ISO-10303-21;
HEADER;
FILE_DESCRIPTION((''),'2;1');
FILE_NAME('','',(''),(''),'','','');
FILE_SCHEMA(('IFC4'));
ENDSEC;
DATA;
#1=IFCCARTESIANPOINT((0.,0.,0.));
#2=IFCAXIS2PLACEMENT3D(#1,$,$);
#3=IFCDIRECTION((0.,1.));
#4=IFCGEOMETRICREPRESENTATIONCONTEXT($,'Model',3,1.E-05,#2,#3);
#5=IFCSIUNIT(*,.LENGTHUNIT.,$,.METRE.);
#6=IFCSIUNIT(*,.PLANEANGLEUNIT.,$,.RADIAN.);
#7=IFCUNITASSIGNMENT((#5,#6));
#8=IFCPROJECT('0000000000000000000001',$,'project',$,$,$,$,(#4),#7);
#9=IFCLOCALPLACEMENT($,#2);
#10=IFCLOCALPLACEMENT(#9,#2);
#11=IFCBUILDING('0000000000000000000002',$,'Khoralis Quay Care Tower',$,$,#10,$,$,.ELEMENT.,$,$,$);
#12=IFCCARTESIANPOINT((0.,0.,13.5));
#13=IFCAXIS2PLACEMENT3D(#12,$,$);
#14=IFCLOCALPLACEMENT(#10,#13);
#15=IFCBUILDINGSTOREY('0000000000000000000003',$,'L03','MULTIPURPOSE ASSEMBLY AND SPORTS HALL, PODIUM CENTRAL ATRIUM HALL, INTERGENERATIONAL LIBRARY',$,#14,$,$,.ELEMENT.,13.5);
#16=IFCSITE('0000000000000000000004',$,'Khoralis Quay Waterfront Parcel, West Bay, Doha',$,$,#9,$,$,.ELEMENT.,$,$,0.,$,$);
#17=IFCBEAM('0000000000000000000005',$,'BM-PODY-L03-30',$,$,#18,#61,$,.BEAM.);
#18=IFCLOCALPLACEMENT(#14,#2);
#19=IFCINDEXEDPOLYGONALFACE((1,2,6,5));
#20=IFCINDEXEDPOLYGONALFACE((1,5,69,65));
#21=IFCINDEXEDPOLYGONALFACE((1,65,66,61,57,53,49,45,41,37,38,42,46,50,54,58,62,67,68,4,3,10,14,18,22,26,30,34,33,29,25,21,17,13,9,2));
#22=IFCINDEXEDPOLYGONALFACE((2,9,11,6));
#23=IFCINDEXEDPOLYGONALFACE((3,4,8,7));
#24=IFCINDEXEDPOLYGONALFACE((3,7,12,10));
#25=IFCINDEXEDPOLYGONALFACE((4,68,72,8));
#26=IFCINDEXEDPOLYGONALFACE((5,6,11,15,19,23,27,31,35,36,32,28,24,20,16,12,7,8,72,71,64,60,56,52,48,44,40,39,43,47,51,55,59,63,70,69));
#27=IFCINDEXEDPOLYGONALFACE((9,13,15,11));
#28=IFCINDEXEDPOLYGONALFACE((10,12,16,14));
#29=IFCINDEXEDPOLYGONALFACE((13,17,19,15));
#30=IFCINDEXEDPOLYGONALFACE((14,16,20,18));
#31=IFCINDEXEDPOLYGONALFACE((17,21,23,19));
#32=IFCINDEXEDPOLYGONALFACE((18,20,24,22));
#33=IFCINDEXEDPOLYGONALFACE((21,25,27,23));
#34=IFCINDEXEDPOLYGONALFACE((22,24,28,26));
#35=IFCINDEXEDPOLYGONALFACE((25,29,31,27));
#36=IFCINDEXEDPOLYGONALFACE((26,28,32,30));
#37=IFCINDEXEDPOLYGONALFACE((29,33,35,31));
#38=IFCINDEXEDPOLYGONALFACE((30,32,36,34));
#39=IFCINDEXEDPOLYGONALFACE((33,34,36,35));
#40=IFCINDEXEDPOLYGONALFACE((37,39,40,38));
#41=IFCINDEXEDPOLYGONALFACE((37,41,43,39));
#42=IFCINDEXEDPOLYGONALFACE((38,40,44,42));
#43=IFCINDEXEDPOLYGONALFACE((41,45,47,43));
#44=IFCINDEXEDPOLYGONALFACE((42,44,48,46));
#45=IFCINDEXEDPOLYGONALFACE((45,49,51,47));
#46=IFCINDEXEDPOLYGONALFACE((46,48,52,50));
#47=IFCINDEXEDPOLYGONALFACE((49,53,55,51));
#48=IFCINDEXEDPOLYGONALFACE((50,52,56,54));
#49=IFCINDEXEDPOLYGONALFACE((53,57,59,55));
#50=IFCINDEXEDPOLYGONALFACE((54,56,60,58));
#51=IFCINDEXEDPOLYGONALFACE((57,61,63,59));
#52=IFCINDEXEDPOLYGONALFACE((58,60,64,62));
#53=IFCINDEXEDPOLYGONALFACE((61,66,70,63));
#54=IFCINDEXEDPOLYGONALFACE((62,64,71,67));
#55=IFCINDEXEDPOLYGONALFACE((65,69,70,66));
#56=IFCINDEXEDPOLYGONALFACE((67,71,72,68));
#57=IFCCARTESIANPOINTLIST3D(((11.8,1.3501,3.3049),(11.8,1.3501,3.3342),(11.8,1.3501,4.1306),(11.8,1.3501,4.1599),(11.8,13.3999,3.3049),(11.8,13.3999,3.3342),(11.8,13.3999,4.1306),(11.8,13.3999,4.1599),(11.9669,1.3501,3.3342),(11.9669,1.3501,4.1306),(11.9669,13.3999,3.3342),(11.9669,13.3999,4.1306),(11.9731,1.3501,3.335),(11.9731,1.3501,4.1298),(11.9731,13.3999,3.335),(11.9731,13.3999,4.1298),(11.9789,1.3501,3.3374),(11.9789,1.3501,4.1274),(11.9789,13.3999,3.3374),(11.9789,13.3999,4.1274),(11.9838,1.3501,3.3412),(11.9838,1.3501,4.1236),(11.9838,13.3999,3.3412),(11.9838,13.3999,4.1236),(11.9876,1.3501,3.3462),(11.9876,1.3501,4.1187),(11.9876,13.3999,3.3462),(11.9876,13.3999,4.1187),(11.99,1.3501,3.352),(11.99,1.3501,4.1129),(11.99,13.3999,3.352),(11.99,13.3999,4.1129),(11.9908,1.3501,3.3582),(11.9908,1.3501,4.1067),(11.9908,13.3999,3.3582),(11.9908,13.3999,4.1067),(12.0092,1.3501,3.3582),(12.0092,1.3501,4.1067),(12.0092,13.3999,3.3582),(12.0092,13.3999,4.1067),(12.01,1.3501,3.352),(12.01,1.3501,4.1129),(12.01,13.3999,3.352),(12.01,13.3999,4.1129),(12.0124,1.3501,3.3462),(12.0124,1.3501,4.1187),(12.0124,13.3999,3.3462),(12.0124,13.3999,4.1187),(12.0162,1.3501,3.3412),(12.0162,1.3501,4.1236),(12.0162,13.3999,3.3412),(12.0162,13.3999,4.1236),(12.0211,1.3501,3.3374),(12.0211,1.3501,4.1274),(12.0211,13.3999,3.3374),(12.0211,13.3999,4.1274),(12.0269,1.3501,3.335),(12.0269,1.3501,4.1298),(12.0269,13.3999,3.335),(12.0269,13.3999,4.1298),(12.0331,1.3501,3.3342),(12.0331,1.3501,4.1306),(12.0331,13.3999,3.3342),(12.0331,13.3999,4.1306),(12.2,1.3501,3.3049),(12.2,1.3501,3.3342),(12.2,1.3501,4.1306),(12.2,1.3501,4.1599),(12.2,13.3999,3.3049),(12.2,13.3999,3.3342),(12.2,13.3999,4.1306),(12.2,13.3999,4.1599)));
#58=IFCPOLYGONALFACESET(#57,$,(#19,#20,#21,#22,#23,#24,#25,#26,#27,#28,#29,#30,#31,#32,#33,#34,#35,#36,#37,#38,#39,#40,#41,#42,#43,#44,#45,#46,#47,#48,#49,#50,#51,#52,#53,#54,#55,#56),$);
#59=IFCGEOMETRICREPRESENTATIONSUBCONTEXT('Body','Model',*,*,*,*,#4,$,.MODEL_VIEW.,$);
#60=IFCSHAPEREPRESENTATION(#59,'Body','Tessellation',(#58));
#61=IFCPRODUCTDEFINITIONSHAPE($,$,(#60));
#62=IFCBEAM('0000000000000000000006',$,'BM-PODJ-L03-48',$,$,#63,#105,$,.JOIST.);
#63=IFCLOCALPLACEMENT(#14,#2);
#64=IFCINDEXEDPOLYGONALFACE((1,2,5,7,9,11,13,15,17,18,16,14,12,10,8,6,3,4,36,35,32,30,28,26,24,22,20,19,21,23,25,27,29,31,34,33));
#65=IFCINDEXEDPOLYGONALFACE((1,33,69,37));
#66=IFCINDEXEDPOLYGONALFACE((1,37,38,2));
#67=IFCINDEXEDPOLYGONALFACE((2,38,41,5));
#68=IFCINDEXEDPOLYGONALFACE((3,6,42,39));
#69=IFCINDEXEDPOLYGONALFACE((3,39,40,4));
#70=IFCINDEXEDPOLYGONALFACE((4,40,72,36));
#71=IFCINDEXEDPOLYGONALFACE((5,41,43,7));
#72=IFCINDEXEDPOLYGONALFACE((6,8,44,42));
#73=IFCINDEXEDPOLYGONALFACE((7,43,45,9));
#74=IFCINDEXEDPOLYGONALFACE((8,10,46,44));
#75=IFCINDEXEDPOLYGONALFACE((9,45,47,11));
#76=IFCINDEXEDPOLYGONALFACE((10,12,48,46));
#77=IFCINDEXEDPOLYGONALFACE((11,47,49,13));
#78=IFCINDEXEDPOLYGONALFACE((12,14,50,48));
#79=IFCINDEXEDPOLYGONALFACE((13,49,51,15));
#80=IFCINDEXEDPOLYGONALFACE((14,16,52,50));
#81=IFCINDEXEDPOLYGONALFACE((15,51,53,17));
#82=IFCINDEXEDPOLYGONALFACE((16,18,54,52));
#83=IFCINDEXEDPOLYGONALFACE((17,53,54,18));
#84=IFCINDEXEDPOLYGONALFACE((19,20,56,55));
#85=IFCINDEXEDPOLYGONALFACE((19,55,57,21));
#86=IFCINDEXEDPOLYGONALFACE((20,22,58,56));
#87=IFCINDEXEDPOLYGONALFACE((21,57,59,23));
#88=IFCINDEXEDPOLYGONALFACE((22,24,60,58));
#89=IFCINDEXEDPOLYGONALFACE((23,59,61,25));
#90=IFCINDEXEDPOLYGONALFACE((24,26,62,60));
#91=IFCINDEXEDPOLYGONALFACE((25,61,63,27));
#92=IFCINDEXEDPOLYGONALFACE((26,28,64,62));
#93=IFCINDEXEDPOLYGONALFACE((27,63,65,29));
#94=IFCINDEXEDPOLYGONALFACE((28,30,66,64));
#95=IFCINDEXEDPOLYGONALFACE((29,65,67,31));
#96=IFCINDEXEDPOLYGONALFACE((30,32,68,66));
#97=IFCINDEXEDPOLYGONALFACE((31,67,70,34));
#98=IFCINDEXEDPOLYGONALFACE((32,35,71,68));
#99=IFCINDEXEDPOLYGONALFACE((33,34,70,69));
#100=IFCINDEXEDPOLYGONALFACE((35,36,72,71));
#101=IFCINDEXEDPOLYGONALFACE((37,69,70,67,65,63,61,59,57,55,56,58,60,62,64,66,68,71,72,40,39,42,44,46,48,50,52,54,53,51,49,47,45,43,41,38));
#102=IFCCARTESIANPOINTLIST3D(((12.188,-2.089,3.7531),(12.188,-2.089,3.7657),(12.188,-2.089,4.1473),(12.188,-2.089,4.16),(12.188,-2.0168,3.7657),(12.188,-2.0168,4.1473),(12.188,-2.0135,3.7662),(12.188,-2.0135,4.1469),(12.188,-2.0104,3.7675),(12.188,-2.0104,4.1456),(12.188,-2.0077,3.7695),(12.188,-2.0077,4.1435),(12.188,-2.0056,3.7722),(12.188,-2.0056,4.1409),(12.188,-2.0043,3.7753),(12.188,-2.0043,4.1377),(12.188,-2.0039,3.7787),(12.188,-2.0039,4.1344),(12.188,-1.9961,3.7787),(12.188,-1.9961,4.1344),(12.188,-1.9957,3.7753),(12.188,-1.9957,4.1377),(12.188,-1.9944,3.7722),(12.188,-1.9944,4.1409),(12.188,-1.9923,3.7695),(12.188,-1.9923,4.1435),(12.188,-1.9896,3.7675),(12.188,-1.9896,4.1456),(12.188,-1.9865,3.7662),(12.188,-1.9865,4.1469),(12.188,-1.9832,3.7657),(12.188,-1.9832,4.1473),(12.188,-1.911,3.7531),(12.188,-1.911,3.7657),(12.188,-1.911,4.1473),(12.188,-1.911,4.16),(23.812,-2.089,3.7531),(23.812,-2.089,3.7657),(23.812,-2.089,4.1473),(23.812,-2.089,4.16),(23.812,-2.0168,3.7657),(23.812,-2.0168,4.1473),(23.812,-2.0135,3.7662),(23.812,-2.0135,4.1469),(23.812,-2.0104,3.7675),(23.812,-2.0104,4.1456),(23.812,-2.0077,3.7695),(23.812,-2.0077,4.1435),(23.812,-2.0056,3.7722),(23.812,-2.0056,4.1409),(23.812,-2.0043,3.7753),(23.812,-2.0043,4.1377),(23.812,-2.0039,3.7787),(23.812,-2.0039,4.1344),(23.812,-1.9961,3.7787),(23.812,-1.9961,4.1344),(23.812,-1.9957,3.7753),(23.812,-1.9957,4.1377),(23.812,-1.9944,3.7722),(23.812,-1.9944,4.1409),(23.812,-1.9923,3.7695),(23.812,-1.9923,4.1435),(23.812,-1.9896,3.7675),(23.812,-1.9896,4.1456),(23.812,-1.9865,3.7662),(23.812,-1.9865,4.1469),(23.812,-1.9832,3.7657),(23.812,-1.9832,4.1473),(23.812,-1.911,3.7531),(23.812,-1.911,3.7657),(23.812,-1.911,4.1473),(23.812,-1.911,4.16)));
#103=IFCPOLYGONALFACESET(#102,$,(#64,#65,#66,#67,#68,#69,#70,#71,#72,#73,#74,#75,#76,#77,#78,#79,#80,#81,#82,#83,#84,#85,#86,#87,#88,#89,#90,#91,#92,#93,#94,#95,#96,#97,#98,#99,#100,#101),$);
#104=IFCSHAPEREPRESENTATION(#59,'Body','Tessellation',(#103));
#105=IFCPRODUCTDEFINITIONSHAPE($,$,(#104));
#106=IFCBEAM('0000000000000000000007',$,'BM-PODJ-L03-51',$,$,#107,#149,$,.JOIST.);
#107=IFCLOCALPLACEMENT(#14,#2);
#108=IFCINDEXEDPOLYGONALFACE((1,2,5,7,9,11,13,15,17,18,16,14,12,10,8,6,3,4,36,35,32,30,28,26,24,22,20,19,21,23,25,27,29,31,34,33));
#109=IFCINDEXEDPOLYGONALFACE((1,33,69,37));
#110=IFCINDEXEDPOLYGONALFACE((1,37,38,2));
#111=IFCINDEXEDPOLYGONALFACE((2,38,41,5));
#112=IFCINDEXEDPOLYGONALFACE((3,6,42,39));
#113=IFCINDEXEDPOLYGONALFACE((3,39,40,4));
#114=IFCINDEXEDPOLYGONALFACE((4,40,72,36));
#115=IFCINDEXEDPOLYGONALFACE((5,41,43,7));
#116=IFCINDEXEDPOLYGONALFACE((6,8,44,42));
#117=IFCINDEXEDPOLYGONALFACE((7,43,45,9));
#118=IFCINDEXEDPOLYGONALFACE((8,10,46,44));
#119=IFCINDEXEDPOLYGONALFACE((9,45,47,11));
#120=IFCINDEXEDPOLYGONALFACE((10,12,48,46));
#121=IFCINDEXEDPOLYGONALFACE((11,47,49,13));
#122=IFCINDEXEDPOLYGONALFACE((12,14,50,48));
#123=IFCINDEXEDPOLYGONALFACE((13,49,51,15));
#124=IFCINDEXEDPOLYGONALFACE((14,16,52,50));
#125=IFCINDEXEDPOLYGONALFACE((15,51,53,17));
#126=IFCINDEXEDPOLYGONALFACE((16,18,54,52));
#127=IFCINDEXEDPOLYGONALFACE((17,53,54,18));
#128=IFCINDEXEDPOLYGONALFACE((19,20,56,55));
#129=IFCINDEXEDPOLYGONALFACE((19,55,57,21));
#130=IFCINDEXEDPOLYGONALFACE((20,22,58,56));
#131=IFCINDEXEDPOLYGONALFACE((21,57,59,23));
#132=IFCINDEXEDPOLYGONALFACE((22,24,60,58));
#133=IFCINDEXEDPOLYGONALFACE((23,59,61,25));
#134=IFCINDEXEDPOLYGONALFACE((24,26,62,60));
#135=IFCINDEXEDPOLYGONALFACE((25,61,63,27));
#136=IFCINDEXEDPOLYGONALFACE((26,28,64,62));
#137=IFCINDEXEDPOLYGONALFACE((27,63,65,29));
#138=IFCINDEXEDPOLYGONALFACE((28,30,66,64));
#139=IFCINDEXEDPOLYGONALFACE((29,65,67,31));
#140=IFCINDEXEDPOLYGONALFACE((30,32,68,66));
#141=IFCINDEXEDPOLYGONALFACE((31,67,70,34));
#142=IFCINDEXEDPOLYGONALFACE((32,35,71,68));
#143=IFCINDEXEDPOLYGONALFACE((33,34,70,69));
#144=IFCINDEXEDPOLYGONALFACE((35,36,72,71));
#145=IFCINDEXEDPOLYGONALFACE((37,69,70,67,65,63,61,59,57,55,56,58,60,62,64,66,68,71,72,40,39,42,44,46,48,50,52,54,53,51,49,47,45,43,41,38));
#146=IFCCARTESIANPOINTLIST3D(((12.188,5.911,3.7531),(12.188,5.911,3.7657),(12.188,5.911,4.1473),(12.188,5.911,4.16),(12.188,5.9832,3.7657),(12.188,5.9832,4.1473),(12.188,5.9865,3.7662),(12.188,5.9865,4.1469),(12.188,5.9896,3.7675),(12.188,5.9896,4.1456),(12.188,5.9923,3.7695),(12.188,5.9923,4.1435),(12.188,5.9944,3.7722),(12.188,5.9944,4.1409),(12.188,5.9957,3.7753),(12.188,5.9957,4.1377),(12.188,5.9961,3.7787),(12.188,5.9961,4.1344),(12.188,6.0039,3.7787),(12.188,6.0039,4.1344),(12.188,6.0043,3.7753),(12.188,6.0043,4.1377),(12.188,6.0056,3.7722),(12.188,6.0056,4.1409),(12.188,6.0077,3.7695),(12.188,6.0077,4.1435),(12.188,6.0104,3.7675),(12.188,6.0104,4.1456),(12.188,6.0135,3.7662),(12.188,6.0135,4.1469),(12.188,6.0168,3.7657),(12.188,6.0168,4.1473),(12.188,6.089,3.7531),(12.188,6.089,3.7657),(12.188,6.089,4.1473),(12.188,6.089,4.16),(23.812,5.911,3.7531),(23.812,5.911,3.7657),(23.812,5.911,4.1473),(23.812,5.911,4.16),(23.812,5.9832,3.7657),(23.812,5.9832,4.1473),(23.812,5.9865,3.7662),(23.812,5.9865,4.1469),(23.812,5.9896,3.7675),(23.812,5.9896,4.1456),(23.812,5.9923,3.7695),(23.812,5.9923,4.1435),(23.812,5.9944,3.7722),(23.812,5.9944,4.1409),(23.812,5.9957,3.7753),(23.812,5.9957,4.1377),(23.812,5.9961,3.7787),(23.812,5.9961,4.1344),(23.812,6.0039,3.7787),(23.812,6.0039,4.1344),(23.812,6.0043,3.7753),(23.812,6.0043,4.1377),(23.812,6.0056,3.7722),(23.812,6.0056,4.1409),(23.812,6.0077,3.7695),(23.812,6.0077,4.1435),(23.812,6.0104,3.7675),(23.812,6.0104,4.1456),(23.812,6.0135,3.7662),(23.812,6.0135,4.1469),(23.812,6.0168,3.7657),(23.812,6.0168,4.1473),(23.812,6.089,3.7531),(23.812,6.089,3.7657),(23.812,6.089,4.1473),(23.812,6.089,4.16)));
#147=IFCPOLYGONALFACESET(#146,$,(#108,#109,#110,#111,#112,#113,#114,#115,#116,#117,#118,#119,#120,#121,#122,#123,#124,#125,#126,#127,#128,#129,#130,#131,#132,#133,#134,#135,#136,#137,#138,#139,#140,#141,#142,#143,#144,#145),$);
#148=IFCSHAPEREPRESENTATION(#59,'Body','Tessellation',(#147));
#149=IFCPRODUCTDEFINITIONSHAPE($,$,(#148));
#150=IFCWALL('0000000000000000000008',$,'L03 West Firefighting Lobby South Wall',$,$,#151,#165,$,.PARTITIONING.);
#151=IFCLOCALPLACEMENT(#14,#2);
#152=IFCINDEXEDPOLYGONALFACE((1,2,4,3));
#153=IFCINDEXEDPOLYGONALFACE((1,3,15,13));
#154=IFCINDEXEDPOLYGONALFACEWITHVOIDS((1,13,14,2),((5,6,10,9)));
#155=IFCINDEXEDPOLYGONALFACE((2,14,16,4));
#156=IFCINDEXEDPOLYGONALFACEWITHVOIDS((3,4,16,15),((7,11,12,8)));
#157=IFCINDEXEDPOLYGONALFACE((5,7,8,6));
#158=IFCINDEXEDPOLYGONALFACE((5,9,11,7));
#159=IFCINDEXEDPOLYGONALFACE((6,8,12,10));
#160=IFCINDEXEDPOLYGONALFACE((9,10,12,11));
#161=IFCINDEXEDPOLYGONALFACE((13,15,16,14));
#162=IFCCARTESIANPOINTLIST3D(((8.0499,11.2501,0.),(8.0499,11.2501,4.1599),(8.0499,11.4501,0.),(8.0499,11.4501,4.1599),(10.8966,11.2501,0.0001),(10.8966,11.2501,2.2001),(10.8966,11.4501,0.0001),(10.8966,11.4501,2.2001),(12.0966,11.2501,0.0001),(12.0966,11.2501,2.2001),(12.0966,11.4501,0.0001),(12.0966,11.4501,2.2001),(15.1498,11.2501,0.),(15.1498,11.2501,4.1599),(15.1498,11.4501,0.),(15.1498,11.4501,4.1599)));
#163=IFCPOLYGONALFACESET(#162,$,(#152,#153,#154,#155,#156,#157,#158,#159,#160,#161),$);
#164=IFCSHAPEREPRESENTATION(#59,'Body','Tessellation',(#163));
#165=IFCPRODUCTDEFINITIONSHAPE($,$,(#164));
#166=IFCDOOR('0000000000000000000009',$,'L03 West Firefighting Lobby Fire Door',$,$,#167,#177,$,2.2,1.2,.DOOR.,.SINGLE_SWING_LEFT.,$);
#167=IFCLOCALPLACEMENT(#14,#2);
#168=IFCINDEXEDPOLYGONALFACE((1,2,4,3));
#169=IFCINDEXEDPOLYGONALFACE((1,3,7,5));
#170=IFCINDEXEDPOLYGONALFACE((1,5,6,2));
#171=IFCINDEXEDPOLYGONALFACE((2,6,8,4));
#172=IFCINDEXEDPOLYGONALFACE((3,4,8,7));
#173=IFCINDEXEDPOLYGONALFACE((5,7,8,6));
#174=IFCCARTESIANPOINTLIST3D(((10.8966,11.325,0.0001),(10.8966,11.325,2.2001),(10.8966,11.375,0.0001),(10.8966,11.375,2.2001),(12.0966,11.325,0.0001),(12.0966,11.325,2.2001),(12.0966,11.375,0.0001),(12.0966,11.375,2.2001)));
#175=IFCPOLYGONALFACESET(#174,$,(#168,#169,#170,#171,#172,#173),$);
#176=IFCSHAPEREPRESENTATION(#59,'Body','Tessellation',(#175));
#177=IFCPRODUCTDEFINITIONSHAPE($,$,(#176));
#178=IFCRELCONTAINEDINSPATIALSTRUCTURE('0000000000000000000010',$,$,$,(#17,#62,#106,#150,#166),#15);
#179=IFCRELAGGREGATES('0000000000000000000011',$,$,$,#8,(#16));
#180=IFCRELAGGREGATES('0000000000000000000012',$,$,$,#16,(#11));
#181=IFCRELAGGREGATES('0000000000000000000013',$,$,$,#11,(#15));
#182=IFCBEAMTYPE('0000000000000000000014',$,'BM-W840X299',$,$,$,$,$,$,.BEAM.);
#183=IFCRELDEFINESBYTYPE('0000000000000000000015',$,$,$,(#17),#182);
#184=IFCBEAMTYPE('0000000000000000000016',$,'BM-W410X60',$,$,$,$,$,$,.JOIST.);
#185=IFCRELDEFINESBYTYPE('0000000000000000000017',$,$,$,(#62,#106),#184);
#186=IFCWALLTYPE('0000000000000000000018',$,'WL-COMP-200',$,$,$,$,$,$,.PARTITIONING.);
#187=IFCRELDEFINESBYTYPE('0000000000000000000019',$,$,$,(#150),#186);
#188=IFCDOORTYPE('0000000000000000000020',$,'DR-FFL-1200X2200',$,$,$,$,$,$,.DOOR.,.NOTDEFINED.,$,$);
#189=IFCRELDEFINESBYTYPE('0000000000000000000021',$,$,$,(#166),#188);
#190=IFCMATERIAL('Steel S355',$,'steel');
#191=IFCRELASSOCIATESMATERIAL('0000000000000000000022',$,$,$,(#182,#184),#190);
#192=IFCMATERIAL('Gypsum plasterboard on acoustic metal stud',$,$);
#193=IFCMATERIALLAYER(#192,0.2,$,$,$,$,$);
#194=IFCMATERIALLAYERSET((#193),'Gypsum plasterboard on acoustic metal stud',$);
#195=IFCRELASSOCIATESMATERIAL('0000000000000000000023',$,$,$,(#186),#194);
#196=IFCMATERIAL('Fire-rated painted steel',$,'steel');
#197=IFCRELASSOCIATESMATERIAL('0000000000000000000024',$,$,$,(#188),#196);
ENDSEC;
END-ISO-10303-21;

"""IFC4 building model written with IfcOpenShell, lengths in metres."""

from ifc_helpers import new_model, si_unit, direction, frame, frame_2d, origin, origin_2d, place, context, subcontext, project, spatial, rectangle, i_section, extrude, source, transform, mapped, material, layer, layer_set, material_profile, profile_set, type_object, element, fill, save


model = new_model("IFC4")

# Units and contexts
model_context = context("Model", 3, precision=1e-05, world=origin(), true_north=direction((0.0, 1.0)))
body_context = subcontext(model_context, "Body", "Model", "MODEL_VIEW")
ifc_project = project(units=[si_unit("LENGTHUNIT", "METRE"), si_unit("PLANEANGLEUNIT", "RADIAN")], contexts=[model_context])

# Site, building, storey
site_placement = place(None, origin())
site = spatial("IfcSite", under=ifc_project, at=site_placement, Name="Khoralis Quay Waterfront Parcel, West Bay, Doha", CompositionType="ELEMENT", RefElevation=0.0)
building_placement = place(site_placement, origin())
building = spatial("IfcBuilding", under=site, at=building_placement, Name="Khoralis Quay Care Tower", CompositionType="ELEMENT")
storey_placement = place(building_placement, frame((0.0, 0.0, 13.5)))
storey = spatial("IfcBuildingStorey", under=building, at=storey_placement, Name="L03", Description="MULTIPURPOSE ASSEMBLY AND SPORTS HALL, PODIUM CENTRAL ATRIUM HALL, INTERGENERATIONAL LIBRARY", CompositionType="ELEMENT", Elevation=13.5)

# Beams
ifc_material_1 = material(Name="Steel S355", Category="steel")
ifc_material_profile_1 = material_profile(ifc_material_1, i_section(OverallWidth=0.3999, OverallDepth=0.855, WebThickness=0.0183, FlangeThickness=0.0293, FilletRadius=0.0239, at=origin_2d()), Name="Steel S355")
ifc_profile_set_1 = profile_set([ifc_material_profile_1], Name="Steel S355")
beam_type_1 = type_object("IfcBeamType", Name="BM-W840X299", PredefinedType="BEAM", material=ifc_profile_set_1)
shared_shape_1 = source(origin(), body_context, "Body", "SweptSolid", [
    extrude(i_section(OverallWidth=0.3999, OverallDepth=0.855, WebThickness=0.0183, FlangeThickness=0.0293, FilletRadius=0.0239, at=origin_2d()), origin(), (0.0, 0.0, 1.0), 12.0498),
])
beam_1_placement = place(storey_placement, frame((12.0, 1.3501, 3.7324), z_axis=(0.0, 1.0, 0.0), x_axis=(-1.0, 0.0, 0.0)))
element("IfcBeam", 1, at=beam_1_placement, inside=storey, type_object=beam_type_1, Name="BM-PODY-L03-30", PredefinedType="BEAM", context=body_context, shape_type="MappedRepresentation", body=[
    mapped(shared_shape_1, transform((0.0, 0.0, 0.0), scale=1.0)),
])
ifc_material_profile_2 = material_profile(ifc_material_1, i_section(OverallWidth=0.178, OverallDepth=0.407, WebThickness=0.0078, FlangeThickness=0.0127, FilletRadius=0.0129, at=origin_2d()), Name="Steel S355")
ifc_profile_set_2 = profile_set([ifc_material_profile_2], Name="Steel S355")
beam_type_2 = type_object("IfcBeamType", Name="BM-W410X60", PredefinedType="JOIST", material=ifc_profile_set_2)
shared_shape_2 = source(origin(), body_context, "Body", "SweptSolid", [
    extrude(i_section(OverallWidth=0.178, OverallDepth=0.407, WebThickness=0.0078, FlangeThickness=0.0127, FilletRadius=0.0129, at=origin_2d()), origin(), (0.0, 0.0, 1.0), 11.624),
])
for number, where, z_axis, x_axis, name in (
    (2, (12.188, -2.0, 3.9565), (1.0, 0.0, 0.0), (0.0, 1.0, 0.0), "BM-PODJ-L03-48"),
    (3, (12.188, 6.0, 3.9565), (1.0, 0.0, 0.0), (0.0, 1.0, 0.0), "BM-PODJ-L03-51"),
):
    element("IfcBeam", number, at=place(storey_placement, frame(where, z_axis=z_axis, x_axis=x_axis)), inside=storey, type_object=beam_type_2, Name=name, PredefinedType="JOIST", context=body_context, shape_type="MappedRepresentation", body=[
        mapped(shared_shape_2, transform((0.0, 0.0, 0.0), scale=1.0)),
    ])

# Wall, opening, door
ifc_material_2 = material(Name="Gypsum plasterboard on acoustic metal stud")
ifc_layer_1 = layer(ifc_material_2, 0.2)
ifc_layer_set_1 = layer_set([ifc_layer_1], Name="Gypsum plasterboard on acoustic metal stud")
wall_type_1 = type_object("IfcWallType", Name="WL-COMP-200", PredefinedType="PARTITIONING", material=ifc_layer_set_1)
wall_1_placement = place(storey_placement, frame((8.05, 11.3501, 0.0), z_axis=(0.0, 0.0, 1.0), x_axis=(1.0, 0.0, 0.0)))
wall_1 = element("IfcWall", 4, at=wall_1_placement, inside=storey, type_object=wall_type_1, Name="L03 West Firefighting Lobby South Wall", PredefinedType="PARTITIONING", context=body_context, shape_type="SweptSolid", body=[
    extrude(rectangle(XDim=7.0999, YDim=0.2, at=frame_2d((3.5498, 0.0))), origin(), (0.0, 0.0, 1.0), 4.1599),
])
opening_1_placement = place(wall_1_placement, frame((2.8464, 0.0, 0.0)))
opening_1 = element("IfcOpeningElement", 5, at=opening_1_placement, cuts=wall_1, PredefinedType="OPENING", context=body_context, shape_type="SweptSolid", body=[
    extrude(rectangle(XDim=1.2, YDim=2.2, at=frame_2d((0.6001, 1.1001))), frame((0.0, 0.1099, 0.0), z_axis=(0.0, -1.0, 0.0), x_axis=(1.0, 0.0, 0.0)), (0.0, 0.0, 1.0), 0.22),
])
ifc_material_3 = material(Name="Fire-rated painted steel", Category="steel")
door_type_1 = type_object("IfcDoorType", Name="DR-FFL-1200X2200", OperationType="NOTDEFINED", PredefinedType="DOOR", material=ifc_material_3)
shared_shape_3 = source(origin(), body_context, "Body", "SweptSolid", [
    extrude(rectangle(XDim=1.2, YDim=2.2, at=frame_2d((0.6001, 1.1001))), frame((0.0, 0.0249, 0.0), z_axis=(0.0, -1.0, 0.0), x_axis=(1.0, 0.0, 0.0)), (0.0, 0.0, 1.0), 0.05),
])
door_1_placement = place(opening_1_placement, origin())
door_1 = element("IfcDoor", 6, at=door_1_placement, inside=storey, type_object=door_type_1, Name="L03 West Firefighting Lobby Fire Door", OperationType="SINGLE_SWING_LEFT", OverallHeight=2.2, OverallWidth=1.2, PredefinedType="DOOR", context=body_context, shape_type="MappedRepresentation", body=[
    mapped(shared_shape_3, transform((0.0, 0.0, 0.0), scale=1.0)),
])
fill(opening_1, door_1)

save(model, "model.ifc")
